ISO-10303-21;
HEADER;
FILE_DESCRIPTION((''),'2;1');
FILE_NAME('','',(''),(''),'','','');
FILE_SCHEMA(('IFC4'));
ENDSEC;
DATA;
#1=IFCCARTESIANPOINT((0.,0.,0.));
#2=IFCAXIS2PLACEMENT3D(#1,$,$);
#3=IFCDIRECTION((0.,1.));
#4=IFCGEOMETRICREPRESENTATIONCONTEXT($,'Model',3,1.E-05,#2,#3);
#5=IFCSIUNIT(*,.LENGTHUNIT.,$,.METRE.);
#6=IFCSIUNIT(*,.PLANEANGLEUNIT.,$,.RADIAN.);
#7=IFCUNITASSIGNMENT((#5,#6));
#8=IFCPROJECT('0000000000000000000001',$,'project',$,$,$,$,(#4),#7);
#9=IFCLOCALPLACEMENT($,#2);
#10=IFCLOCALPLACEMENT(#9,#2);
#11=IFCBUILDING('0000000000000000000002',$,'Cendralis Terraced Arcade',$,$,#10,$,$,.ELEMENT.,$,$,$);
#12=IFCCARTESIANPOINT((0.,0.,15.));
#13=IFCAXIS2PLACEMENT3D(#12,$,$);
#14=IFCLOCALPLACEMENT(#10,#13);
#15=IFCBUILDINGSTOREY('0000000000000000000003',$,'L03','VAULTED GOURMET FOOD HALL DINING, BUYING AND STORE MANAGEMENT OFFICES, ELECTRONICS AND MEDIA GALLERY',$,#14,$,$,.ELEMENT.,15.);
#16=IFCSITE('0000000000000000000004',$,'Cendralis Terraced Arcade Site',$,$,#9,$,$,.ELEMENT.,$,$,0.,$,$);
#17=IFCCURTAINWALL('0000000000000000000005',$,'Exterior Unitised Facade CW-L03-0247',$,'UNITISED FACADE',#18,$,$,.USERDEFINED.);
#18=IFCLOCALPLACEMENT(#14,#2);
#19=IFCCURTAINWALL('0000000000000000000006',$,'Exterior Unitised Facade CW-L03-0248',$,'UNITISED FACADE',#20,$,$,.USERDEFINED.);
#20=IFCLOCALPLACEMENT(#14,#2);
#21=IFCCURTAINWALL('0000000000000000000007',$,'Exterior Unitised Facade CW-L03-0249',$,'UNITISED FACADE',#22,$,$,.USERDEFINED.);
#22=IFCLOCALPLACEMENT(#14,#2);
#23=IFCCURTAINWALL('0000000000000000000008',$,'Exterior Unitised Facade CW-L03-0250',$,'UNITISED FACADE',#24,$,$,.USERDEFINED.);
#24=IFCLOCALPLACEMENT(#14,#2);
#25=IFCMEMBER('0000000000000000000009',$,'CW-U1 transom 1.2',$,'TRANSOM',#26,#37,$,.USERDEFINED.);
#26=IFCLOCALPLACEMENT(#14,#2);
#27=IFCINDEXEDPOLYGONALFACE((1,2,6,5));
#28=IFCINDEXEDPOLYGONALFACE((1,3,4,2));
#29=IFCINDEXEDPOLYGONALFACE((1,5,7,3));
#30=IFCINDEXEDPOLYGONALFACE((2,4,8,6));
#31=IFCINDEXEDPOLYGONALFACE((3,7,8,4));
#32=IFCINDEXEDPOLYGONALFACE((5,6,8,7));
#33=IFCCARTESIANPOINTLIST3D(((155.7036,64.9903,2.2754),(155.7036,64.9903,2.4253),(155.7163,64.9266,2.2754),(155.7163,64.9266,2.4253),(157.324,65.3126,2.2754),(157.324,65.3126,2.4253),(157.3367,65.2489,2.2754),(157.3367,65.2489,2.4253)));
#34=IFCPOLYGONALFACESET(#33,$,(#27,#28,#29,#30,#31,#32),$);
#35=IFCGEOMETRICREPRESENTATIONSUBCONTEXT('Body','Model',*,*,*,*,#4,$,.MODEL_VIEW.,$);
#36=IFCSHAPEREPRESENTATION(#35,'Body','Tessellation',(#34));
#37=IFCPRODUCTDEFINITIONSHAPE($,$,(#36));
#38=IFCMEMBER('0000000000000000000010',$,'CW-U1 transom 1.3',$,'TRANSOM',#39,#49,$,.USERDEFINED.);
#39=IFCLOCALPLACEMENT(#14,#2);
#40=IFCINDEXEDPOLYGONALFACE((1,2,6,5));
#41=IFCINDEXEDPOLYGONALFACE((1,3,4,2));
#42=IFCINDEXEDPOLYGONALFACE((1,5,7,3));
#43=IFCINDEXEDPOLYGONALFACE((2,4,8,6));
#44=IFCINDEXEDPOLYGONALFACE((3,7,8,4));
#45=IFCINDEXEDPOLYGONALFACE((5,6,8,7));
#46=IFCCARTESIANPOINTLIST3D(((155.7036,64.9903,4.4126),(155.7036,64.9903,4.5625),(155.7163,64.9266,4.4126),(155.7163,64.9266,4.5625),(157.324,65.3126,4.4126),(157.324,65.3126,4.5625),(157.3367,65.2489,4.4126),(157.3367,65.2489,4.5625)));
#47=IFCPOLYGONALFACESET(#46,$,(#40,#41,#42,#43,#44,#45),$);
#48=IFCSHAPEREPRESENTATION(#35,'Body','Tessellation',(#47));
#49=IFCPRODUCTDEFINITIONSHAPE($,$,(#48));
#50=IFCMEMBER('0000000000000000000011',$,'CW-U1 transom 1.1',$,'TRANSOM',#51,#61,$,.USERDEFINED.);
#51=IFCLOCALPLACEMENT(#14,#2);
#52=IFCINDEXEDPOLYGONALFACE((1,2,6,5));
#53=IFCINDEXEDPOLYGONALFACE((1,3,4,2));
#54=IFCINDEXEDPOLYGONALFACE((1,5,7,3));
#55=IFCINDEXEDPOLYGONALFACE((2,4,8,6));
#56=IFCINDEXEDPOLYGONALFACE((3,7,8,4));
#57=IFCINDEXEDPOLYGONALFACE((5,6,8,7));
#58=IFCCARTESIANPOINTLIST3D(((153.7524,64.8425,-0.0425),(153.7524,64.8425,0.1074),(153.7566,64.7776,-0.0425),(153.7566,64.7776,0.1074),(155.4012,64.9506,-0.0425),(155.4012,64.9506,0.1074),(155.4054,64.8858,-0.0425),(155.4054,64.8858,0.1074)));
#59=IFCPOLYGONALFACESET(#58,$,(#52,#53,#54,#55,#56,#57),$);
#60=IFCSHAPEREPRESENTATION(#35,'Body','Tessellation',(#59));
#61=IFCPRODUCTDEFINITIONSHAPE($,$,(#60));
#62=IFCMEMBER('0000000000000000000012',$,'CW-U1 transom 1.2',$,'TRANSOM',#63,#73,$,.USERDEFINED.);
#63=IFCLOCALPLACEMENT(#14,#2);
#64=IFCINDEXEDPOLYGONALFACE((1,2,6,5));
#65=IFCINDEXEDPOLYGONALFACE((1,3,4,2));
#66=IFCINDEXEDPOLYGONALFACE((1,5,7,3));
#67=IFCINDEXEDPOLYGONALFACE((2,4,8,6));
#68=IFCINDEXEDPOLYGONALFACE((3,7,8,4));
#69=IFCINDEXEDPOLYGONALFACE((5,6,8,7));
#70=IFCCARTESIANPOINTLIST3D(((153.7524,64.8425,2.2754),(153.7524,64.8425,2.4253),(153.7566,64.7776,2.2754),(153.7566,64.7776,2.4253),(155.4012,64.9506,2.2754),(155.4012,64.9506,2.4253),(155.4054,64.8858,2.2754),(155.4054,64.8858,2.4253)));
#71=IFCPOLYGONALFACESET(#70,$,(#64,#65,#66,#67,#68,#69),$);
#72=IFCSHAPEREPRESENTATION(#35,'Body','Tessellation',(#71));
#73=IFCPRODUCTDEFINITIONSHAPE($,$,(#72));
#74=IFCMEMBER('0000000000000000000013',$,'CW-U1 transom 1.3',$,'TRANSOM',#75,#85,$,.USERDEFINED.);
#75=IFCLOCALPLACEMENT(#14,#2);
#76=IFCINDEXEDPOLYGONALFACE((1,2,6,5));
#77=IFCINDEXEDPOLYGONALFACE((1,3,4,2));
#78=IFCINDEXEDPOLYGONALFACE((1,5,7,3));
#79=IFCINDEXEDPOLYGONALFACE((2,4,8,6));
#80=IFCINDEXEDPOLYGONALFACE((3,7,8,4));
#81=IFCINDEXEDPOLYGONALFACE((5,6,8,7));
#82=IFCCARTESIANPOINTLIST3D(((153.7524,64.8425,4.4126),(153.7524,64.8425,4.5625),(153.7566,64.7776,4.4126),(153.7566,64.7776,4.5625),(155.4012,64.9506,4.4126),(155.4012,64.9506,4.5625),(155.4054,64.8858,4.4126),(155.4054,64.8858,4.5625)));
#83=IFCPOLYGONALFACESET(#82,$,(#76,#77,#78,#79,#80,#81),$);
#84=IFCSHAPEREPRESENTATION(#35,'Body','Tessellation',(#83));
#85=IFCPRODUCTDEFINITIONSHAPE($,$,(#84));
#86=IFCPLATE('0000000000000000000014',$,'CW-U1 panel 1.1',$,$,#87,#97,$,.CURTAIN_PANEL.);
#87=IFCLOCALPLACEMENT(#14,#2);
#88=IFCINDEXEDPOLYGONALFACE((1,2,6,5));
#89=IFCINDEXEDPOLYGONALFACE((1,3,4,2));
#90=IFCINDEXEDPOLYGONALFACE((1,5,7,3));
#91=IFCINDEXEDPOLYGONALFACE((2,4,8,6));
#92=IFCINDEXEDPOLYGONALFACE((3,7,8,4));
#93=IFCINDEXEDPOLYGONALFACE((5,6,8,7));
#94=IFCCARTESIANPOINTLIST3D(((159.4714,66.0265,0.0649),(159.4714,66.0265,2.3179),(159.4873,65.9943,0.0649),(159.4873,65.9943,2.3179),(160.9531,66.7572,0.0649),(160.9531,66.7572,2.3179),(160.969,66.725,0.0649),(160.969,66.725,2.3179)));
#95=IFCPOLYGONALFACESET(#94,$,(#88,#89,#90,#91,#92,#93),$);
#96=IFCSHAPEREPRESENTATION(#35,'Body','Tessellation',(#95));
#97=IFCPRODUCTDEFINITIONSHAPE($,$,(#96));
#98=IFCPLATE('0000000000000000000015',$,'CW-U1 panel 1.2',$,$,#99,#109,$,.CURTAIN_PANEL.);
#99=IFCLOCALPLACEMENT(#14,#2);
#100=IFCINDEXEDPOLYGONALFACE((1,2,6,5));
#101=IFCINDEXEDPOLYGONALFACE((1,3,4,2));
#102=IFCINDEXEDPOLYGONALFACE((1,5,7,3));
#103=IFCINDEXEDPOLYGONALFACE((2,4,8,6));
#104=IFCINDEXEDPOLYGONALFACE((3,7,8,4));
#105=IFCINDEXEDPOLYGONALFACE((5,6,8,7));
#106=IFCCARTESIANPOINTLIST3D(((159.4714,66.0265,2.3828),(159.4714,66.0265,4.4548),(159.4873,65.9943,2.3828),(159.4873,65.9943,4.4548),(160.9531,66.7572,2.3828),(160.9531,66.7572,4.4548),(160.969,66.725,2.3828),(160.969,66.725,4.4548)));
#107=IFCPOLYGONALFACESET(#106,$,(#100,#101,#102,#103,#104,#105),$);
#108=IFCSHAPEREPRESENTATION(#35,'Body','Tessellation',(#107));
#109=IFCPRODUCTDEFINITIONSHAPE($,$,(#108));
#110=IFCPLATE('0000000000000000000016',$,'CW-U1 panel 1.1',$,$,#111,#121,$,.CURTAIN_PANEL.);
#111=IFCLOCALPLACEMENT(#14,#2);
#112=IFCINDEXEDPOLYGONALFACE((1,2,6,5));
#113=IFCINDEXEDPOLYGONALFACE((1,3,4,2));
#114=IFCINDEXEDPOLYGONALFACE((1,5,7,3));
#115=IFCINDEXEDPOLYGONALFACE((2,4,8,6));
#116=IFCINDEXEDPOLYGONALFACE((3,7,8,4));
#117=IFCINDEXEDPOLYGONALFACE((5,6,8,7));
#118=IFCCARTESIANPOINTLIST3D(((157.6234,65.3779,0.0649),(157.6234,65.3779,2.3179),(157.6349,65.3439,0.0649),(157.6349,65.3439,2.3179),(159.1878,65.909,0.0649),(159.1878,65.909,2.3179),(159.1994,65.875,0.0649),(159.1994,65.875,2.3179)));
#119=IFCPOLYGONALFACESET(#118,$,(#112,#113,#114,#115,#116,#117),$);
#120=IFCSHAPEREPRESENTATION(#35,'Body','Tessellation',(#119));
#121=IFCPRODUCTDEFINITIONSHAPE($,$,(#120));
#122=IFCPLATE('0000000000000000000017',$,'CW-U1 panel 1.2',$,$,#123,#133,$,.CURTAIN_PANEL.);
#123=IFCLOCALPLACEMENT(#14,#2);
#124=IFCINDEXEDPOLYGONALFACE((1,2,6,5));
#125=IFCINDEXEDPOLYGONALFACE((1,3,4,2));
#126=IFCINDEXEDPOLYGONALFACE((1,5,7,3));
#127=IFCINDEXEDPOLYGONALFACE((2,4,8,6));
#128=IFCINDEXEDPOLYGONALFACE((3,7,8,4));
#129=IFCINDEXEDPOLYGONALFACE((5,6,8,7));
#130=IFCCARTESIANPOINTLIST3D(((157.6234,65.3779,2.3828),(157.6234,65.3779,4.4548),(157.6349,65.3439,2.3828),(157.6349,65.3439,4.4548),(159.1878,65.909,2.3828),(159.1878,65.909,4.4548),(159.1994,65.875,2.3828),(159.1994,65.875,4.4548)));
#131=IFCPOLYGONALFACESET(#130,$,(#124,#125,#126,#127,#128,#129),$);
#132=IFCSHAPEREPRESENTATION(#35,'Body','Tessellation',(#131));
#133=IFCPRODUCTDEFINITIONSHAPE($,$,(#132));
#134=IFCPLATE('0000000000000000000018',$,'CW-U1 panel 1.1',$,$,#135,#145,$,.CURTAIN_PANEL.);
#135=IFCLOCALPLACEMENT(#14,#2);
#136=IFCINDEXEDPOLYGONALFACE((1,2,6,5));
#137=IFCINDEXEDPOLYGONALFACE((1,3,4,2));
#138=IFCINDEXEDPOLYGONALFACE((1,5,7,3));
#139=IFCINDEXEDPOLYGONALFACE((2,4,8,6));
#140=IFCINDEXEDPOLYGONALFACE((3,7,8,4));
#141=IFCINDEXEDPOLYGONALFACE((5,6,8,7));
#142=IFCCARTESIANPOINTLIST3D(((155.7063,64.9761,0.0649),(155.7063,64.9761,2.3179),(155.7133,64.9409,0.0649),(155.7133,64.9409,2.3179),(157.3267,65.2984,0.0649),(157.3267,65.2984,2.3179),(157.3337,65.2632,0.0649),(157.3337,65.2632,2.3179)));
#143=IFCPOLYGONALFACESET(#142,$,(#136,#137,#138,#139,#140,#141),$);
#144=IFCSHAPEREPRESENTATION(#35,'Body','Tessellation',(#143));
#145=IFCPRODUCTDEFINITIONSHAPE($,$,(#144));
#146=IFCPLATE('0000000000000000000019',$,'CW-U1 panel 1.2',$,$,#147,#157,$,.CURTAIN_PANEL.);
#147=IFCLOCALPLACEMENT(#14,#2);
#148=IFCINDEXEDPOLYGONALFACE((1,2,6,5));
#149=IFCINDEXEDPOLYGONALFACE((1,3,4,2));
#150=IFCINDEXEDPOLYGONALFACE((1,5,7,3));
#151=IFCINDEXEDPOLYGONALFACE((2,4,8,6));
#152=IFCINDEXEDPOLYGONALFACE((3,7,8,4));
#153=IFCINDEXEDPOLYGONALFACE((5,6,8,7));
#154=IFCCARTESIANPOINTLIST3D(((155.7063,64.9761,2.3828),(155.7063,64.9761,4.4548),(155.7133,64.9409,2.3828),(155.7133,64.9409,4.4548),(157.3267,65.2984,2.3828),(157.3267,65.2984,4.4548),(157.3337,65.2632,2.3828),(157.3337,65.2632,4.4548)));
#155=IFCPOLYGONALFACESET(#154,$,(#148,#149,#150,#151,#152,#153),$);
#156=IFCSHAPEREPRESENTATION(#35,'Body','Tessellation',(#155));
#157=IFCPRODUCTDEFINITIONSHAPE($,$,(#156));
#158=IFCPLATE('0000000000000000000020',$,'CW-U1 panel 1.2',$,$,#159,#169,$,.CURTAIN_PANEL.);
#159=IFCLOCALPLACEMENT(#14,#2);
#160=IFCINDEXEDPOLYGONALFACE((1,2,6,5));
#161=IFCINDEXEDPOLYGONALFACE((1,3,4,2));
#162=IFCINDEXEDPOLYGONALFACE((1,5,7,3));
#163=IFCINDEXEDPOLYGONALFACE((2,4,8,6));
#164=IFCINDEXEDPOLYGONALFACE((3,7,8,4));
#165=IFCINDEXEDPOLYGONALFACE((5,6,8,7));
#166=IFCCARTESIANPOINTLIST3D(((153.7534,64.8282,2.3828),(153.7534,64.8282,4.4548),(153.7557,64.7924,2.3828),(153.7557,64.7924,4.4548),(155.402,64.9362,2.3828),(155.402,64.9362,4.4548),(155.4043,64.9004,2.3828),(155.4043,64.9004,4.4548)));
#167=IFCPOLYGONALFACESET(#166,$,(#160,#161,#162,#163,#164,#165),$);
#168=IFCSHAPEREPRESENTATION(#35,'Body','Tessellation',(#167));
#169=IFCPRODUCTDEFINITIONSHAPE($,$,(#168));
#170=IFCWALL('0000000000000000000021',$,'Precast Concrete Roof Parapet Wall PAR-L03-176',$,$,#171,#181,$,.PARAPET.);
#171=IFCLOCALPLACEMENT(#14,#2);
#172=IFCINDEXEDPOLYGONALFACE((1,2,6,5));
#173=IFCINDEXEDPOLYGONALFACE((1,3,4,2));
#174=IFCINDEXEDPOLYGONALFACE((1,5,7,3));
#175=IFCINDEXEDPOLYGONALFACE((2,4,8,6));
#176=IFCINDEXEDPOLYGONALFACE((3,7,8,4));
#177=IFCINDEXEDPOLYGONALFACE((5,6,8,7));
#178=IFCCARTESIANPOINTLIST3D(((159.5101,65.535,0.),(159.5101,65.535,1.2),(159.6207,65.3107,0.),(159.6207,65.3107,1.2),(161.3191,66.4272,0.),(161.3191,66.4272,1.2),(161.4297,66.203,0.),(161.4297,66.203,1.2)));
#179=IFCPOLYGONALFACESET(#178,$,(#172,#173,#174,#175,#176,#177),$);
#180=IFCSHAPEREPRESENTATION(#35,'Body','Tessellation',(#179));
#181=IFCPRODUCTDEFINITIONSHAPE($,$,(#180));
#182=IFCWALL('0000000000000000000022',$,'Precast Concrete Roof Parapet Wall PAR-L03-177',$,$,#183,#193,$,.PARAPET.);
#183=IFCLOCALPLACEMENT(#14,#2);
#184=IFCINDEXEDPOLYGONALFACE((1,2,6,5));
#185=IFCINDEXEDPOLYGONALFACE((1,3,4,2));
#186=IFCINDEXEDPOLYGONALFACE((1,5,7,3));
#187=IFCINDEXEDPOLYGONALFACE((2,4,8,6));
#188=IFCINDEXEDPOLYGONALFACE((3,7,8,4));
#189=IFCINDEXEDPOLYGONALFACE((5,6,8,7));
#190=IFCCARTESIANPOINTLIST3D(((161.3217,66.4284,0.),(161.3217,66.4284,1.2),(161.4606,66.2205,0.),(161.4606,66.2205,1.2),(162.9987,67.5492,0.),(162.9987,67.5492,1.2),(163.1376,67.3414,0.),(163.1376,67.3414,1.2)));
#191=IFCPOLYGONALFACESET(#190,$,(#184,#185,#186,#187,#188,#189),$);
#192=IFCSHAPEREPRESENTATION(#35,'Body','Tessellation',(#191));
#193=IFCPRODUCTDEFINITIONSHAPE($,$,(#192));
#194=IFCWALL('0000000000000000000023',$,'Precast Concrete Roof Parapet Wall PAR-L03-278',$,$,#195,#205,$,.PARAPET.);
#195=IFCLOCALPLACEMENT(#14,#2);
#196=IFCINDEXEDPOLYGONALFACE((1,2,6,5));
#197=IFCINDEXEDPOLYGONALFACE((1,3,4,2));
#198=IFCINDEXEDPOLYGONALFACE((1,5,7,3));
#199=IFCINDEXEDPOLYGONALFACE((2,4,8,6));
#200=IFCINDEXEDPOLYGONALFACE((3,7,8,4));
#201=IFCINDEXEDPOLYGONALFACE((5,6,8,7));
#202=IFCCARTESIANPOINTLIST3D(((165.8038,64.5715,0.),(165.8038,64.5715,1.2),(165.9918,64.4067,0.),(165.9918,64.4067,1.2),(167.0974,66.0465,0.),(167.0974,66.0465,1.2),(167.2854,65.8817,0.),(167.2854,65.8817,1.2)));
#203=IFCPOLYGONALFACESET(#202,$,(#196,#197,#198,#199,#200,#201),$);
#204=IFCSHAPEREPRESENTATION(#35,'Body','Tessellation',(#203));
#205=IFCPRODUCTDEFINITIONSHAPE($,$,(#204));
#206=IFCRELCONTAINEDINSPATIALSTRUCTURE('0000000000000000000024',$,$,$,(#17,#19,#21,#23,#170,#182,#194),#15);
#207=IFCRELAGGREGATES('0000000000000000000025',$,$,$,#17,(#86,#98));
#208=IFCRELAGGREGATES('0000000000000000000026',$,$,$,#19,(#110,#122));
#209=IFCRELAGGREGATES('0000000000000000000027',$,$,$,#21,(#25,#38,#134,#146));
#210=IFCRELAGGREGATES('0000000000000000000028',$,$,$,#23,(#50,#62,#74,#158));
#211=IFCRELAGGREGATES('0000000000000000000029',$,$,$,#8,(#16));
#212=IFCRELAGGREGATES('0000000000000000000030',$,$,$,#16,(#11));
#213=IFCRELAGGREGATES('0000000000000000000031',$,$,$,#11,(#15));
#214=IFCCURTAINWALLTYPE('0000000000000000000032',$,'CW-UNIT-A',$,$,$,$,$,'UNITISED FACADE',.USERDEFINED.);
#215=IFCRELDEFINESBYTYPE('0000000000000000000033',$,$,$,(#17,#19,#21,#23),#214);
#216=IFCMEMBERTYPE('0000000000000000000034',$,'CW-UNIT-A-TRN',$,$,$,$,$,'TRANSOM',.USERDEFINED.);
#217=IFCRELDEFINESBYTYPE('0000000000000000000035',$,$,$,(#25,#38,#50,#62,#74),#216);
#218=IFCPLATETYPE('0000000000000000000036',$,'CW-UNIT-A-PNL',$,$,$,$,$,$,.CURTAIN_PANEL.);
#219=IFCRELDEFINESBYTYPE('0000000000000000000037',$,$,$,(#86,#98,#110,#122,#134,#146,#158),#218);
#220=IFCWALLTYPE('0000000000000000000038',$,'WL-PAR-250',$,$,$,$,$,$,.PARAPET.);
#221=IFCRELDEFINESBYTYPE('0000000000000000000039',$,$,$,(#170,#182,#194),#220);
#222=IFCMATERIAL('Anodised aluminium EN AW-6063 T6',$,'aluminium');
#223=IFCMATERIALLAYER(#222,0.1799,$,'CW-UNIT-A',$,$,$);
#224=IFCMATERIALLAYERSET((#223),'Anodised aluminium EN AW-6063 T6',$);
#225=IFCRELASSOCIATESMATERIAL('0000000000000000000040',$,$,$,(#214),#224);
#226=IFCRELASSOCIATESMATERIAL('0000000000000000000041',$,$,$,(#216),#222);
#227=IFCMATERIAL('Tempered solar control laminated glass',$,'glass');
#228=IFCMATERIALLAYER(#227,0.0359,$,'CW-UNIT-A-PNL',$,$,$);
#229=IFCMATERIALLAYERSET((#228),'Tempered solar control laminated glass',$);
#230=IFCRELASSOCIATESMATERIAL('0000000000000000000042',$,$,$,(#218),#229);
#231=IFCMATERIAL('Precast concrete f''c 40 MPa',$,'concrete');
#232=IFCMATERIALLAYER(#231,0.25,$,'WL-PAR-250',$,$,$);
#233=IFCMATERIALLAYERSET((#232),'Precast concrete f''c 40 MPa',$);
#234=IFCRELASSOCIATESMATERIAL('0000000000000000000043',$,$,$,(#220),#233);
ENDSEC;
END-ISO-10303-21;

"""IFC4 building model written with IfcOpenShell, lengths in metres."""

from ifc_helpers import new_model, si_unit, direction, frame, frame_2d, origin, origin_2d, place, context, subcontext, project, spatial, rectangle, extrude, material, layer, layer_set, material_profile, profile_set, type_object, element, aggregate, save


model = new_model("IFC4")

# Units and contexts
model_context = context("Model", 3, precision=1e-05, world=origin(), true_north=direction((0.0, 1.0)))
body_context = subcontext(model_context, "Body", "Model", "MODEL_VIEW")
ifc_project = project(units=[si_unit("LENGTHUNIT", "METRE"), si_unit("PLANEANGLEUNIT", "RADIAN")], contexts=[model_context])

# Site, building, storey
site_placement = place(None, origin())
site = spatial("IfcSite", under=ifc_project, at=site_placement, Name="Cendralis Terraced Arcade Site", CompositionType="ELEMENT", RefElevation=0.0)
building_placement = place(site_placement, origin())
building = spatial("IfcBuilding", under=site, at=building_placement, Name="Cendralis Terraced Arcade", CompositionType="ELEMENT")
storey_placement = place(building_placement, frame((0.0, 0.0, 15.0)))
storey = spatial("IfcBuildingStorey", under=building, at=storey_placement, Name="L03", Description="VAULTED GOURMET FOOD HALL DINING, BUYING AND STORE MANAGEMENT OFFICES, ELECTRONICS AND MEDIA GALLERY", CompositionType="ELEMENT", Elevation=15.0)

# Curtain walls
ifc_material_1 = material(Name="Anodised aluminium EN AW-6063 T6", Category="aluminium")
ifc_layer_1 = layer(ifc_material_1, 0.1799, Name="CW-UNIT-A")
ifc_layer_set_1 = layer_set([ifc_layer_1], Name="Anodised aluminium EN AW-6063 T6")
curtain_wall_type = type_object("IfcCurtainWallType", Name="CW-UNIT-A", ElementType="UNITISED FACADE", PredefinedType="USERDEFINED", material=ifc_layer_set_1)
curtain_wall_1_placement = place(storey_placement, origin())
curtain_wall_1 = element("IfcCurtainWall", 1, at=curtain_wall_1_placement, inside=storey, type_object=curtain_wall_type, Name="Exterior Unitised Facade CW-L03-0247", ObjectType="UNITISED FACADE", PredefinedType="USERDEFINED")
curtain_wall_2_placement = place(storey_placement, origin())
curtain_wall_2 = element("IfcCurtainWall", 2, at=curtain_wall_2_placement, inside=storey, type_object=curtain_wall_type, Name="Exterior Unitised Facade CW-L03-0248", ObjectType="UNITISED FACADE", PredefinedType="USERDEFINED")
curtain_wall_3_placement = place(storey_placement, origin())
curtain_wall_3 = element("IfcCurtainWall", 3, at=curtain_wall_3_placement, inside=storey, type_object=curtain_wall_type, Name="Exterior Unitised Facade CW-L03-0249", ObjectType="UNITISED FACADE", PredefinedType="USERDEFINED")

# Curtain wall
curtain_wall_4_placement = place(storey_placement, origin())
curtain_wall_4 = element("IfcCurtainWall", 4, at=curtain_wall_4_placement, inside=storey, type_object=curtain_wall_type, Name="Exterior Unitised Facade CW-L03-0250", ObjectType="UNITISED FACADE", PredefinedType="USERDEFINED")

# Members
ifc_material_profile_1 = material_profile(ifc_material_1, rectangle(XDim=0.0649, YDim=0.1499, at=origin_2d()), Name="ALU-TRN-65x150")
ifc_profile_set_1 = profile_set([ifc_material_profile_1], Name="Anodised aluminium EN AW-6063 T6")
member_type_1 = type_object("IfcMemberType", Name="CW-UNIT-A-TRN", ElementType="TRANSOM", PredefinedType="USERDEFINED", material=ifc_profile_set_1)
member_1_placement = place(storey_placement, frame((157.3303, 65.2808, 2.3503), z_axis=(-0.98079, -0.195065, 0.0), x_axis=(0.195065, -0.98079, 0.0)))
member_1 = element("IfcMember", 5, at=member_1_placement, type_object=member_type_1, Name="CW-U1 transom 1.2", ObjectType="TRANSOM", PredefinedType="USERDEFINED", context=body_context, shape_type="SweptSolid", body=[
    extrude(rectangle(XDim=0.0649, YDim=0.1499, at=origin_2d()), origin(), (0.0, 0.0, 1.0), 1.6521),
])
member_2_placement = place(storey_placement, frame((157.3303, 65.2808, 4.4875), z_axis=(-0.98079, -0.195065, 0.0), x_axis=(0.195065, -0.98079, 0.0)))
member_2 = element("IfcMember", 6, at=member_2_placement, type_object=member_type_1, Name="CW-U1 transom 1.3", ObjectType="TRANSOM", PredefinedType="USERDEFINED", context=body_context, shape_type="SweptSolid", body=[
    extrude(rectangle(XDim=0.0649, YDim=0.1499, at=origin_2d()), origin(), (0.0, 0.0, 1.0), 1.6521),
])
member_3_placement = place(storey_placement, frame((155.4033, 64.9182, 0.0325), z_axis=(-0.997855, -0.06546, 0.0), x_axis=(0.06546, -0.997855, 0.0)))
member_3 = element("IfcMember", 7, at=member_3_placement, type_object=member_type_1, Name="CW-U1 transom 1.1", ObjectType="TRANSOM", PredefinedType="USERDEFINED", context=body_context, shape_type="SweptSolid", body=[
    extrude(rectangle(XDim=0.0649, YDim=0.1499, at=origin_2d()), origin(), (0.0, 0.0, 1.0), 1.6523),
])
member_4_placement = place(storey_placement, frame((155.4033, 64.9182, 2.3503), z_axis=(-0.997855, -0.06546, 0.0), x_axis=(0.06546, -0.997855, 0.0)))
member_4 = element("IfcMember", 8, at=member_4_placement, type_object=member_type_1, Name="CW-U1 transom 1.2", ObjectType="TRANSOM", PredefinedType="USERDEFINED", context=body_context, shape_type="SweptSolid", body=[
    extrude(rectangle(XDim=0.0649, YDim=0.1499, at=origin_2d()), origin(), (0.0, 0.0, 1.0), 1.6523),
])
member_5_placement = place(storey_placement, frame((155.4033, 64.9182, 4.4875), z_axis=(-0.997855, -0.06546, 0.0), x_axis=(0.06546, -0.997855, 0.0)))
member_5 = element("IfcMember", 9, at=member_5_placement, type_object=member_type_1, Name="CW-U1 transom 1.3", ObjectType="TRANSOM", PredefinedType="USERDEFINED", context=body_context, shape_type="SweptSolid", body=[
    extrude(rectangle(XDim=0.0649, YDim=0.1499, at=origin_2d()), origin(), (0.0, 0.0, 1.0), 1.6523),
])

# Plates
ifc_material_2 = material(Name="Tempered solar control laminated glass", Category="glass")
ifc_layer_2 = layer(ifc_material_2, 0.0359, Name="CW-UNIT-A-PNL")
ifc_layer_set_2 = layer_set([ifc_layer_2], Name="Tempered solar control laminated glass")
plate_type = type_object("IfcPlateType", Name="CW-UNIT-A-PNL", PredefinedType="CURTAIN_PANEL", material=ifc_layer_set_2)
plate_1_placement = place(storey_placement, frame((160.2202, 66.3757, 0.0649), z_axis=(0.0, 0.0, 1.0), x_axis=(-0.896871, -0.442291, 0.0)))
plate_1 = element("IfcPlate", 10, at=plate_1_placement, type_object=plate_type, Name="CW-U1 panel 1.1", PredefinedType="CURTAIN_PANEL", context=body_context, shape_type="SweptSolid", body=[
    extrude(rectangle(XDim=1.6521, YDim=0.0359, at=origin_2d()), origin(), (0.0, 0.0, 1.0), 2.2529),
])
plate_2_placement = place(storey_placement, frame((160.2202, 66.3757, 2.3828), z_axis=(0.0, 0.0, 1.0), x_axis=(-0.896871, -0.442291, 0.0)))
plate_2 = element("IfcPlate", 11, at=plate_2_placement, type_object=plate_type, Name="CW-U1 panel 1.2", PredefinedType="CURTAIN_PANEL", context=body_context, shape_type="SweptSolid", body=[
    extrude(rectangle(XDim=1.6521, YDim=0.0359, at=origin_2d()), origin(), (0.0, 0.0, 1.0), 2.072),
])
aggregate(curtain_wall_1, [plate_1, plate_2])
plate_3_placement = place(storey_placement, frame((158.4114, 65.6265, 0.0649), z_axis=(0.0, 0.0, 1.0), x_axis=(-0.946924, -0.321458, 0.0)))
plate_3 = element("IfcPlate", 12, at=plate_3_placement, type_object=plate_type, Name="CW-U1 panel 1.1", PredefinedType="CURTAIN_PANEL", context=body_context, shape_type="SweptSolid", body=[
    extrude(rectangle(XDim=1.6521, YDim=0.0359, at=origin_2d()), origin(), (0.0, 0.0, 1.0), 2.2529),
])
plate_4_placement = place(storey_placement, frame((158.4114, 65.6265, 2.3828), z_axis=(0.0, 0.0, 1.0), x_axis=(-0.946924, -0.321458, 0.0)))
plate_4 = element("IfcPlate", 13, at=plate_4_placement, type_object=plate_type, Name="CW-U1 panel 1.2", PredefinedType="CURTAIN_PANEL", context=body_context, shape_type="SweptSolid", body=[
    extrude(rectangle(XDim=1.6521, YDim=0.0359, at=origin_2d()), origin(), (0.0, 0.0, 1.0), 2.072),
])
aggregate(curtain_wall_2, [plate_3, plate_4])
plate_5_placement = place(storey_placement, frame((156.52, 65.1196, 0.0649), z_axis=(0.0, 0.0, 1.0), x_axis=(-0.980792, -0.195058, 0.0)))
plate_5 = element("IfcPlate", 14, at=plate_5_placement, type_object=plate_type, Name="CW-U1 panel 1.1", PredefinedType="CURTAIN_PANEL", context=body_context, shape_type="SweptSolid", body=[
    extrude(rectangle(XDim=1.6521, YDim=0.0359, at=origin_2d()), origin(), (0.0, 0.0, 1.0), 2.2529),
])
plate_6_placement = place(storey_placement, frame((156.52, 65.1196, 2.3828), z_axis=(0.0, 0.0, 1.0), x_axis=(-0.980792, -0.195058, 0.0)))
plate_6 = element("IfcPlate", 15, at=plate_6_placement, type_object=plate_type, Name="CW-U1 panel 1.2", PredefinedType="CURTAIN_PANEL", context=body_context, shape_type="SweptSolid", body=[
    extrude(rectangle(XDim=1.6521, YDim=0.0359, at=origin_2d()), origin(), (0.0, 0.0, 1.0), 2.072),
])
aggregate(curtain_wall_3, [member_1, member_2, plate_5, plate_6])
plate_7_placement = place(storey_placement, frame((154.5789, 64.8643, 2.3828), z_axis=(0.0, 0.0, 1.0), x_axis=(-0.997861, -0.065372, 0.0)))
plate_7 = element("IfcPlate", 16, at=plate_7_placement, type_object=plate_type, Name="CW-U1 panel 1.2", PredefinedType="CURTAIN_PANEL", context=body_context, shape_type="SweptSolid", body=[
    extrude(rectangle(XDim=1.6521, YDim=0.0359, at=origin_2d()), origin(), (0.0, 0.0, 1.0), 2.072),
])
aggregate(curtain_wall_4, [member_3, member_4, member_5, plate_7])

# Walls
ifc_material_3 = material(Name="Precast concrete f'c 40 MPa", Category="concrete")
ifc_layer_3 = layer(ifc_material_3, 0.25, Name="WL-PAR-250")
ifc_layer_set_3 = layer_set([ifc_layer_3], Name="Precast concrete f'c 40 MPa")
wall_type = type_object("IfcWallType", Name="WL-PAR-250", PredefinedType="PARAPET", material=ifc_layer_set_3)
for number, where, z_axis, x_axis, name in (
    (17, (159.5654, 65.4229, 0.0), (0.0, 0.0, 1.0), (0.896835, 0.442366, 0.0), "Precast Concrete Roof Parapet Wall PAR-L03-176"),
    (18, (161.3911, 66.3245, 0.0), (0.0, 0.0, 1.0), (0.831398, 0.555677, 0.0), "Precast Concrete Roof Parapet Wall PAR-L03-177"),
):
    element("IfcWall", number, at=place(storey_placement, frame(where, z_axis=z_axis, x_axis=x_axis)), inside=storey, type_object=wall_type, Name=name, PredefinedType="PARAPET", context=body_context, shape_type="SweptSolid", body=[
        extrude(rectangle(XDim=2.0171, YDim=0.25, at=frame_2d((1.0085, 0.0))), origin(), (0.0, 0.0, 1.0), 1.2),
    ])
wall_placement = place(storey_placement, frame((167.1914, 65.9641, 0.0), z_axis=(0.0, 0.0, 1.0), x_axis=(-0.659367, -0.751821, 0.0)))
element("IfcWall", 19, at=wall_placement, inside=storey, type_object=wall_type, Name="Precast Concrete Roof Parapet Wall PAR-L03-278", PredefinedType="PARAPET", context=body_context, shape_type="SweptSolid", body=[
    extrude(rectangle(XDim=1.9619, YDim=0.25, at=frame_2d((0.981, 0.0))), origin(), (0.0, 0.0, 1.0), 1.2),
])

save(model, "model.ifc")
